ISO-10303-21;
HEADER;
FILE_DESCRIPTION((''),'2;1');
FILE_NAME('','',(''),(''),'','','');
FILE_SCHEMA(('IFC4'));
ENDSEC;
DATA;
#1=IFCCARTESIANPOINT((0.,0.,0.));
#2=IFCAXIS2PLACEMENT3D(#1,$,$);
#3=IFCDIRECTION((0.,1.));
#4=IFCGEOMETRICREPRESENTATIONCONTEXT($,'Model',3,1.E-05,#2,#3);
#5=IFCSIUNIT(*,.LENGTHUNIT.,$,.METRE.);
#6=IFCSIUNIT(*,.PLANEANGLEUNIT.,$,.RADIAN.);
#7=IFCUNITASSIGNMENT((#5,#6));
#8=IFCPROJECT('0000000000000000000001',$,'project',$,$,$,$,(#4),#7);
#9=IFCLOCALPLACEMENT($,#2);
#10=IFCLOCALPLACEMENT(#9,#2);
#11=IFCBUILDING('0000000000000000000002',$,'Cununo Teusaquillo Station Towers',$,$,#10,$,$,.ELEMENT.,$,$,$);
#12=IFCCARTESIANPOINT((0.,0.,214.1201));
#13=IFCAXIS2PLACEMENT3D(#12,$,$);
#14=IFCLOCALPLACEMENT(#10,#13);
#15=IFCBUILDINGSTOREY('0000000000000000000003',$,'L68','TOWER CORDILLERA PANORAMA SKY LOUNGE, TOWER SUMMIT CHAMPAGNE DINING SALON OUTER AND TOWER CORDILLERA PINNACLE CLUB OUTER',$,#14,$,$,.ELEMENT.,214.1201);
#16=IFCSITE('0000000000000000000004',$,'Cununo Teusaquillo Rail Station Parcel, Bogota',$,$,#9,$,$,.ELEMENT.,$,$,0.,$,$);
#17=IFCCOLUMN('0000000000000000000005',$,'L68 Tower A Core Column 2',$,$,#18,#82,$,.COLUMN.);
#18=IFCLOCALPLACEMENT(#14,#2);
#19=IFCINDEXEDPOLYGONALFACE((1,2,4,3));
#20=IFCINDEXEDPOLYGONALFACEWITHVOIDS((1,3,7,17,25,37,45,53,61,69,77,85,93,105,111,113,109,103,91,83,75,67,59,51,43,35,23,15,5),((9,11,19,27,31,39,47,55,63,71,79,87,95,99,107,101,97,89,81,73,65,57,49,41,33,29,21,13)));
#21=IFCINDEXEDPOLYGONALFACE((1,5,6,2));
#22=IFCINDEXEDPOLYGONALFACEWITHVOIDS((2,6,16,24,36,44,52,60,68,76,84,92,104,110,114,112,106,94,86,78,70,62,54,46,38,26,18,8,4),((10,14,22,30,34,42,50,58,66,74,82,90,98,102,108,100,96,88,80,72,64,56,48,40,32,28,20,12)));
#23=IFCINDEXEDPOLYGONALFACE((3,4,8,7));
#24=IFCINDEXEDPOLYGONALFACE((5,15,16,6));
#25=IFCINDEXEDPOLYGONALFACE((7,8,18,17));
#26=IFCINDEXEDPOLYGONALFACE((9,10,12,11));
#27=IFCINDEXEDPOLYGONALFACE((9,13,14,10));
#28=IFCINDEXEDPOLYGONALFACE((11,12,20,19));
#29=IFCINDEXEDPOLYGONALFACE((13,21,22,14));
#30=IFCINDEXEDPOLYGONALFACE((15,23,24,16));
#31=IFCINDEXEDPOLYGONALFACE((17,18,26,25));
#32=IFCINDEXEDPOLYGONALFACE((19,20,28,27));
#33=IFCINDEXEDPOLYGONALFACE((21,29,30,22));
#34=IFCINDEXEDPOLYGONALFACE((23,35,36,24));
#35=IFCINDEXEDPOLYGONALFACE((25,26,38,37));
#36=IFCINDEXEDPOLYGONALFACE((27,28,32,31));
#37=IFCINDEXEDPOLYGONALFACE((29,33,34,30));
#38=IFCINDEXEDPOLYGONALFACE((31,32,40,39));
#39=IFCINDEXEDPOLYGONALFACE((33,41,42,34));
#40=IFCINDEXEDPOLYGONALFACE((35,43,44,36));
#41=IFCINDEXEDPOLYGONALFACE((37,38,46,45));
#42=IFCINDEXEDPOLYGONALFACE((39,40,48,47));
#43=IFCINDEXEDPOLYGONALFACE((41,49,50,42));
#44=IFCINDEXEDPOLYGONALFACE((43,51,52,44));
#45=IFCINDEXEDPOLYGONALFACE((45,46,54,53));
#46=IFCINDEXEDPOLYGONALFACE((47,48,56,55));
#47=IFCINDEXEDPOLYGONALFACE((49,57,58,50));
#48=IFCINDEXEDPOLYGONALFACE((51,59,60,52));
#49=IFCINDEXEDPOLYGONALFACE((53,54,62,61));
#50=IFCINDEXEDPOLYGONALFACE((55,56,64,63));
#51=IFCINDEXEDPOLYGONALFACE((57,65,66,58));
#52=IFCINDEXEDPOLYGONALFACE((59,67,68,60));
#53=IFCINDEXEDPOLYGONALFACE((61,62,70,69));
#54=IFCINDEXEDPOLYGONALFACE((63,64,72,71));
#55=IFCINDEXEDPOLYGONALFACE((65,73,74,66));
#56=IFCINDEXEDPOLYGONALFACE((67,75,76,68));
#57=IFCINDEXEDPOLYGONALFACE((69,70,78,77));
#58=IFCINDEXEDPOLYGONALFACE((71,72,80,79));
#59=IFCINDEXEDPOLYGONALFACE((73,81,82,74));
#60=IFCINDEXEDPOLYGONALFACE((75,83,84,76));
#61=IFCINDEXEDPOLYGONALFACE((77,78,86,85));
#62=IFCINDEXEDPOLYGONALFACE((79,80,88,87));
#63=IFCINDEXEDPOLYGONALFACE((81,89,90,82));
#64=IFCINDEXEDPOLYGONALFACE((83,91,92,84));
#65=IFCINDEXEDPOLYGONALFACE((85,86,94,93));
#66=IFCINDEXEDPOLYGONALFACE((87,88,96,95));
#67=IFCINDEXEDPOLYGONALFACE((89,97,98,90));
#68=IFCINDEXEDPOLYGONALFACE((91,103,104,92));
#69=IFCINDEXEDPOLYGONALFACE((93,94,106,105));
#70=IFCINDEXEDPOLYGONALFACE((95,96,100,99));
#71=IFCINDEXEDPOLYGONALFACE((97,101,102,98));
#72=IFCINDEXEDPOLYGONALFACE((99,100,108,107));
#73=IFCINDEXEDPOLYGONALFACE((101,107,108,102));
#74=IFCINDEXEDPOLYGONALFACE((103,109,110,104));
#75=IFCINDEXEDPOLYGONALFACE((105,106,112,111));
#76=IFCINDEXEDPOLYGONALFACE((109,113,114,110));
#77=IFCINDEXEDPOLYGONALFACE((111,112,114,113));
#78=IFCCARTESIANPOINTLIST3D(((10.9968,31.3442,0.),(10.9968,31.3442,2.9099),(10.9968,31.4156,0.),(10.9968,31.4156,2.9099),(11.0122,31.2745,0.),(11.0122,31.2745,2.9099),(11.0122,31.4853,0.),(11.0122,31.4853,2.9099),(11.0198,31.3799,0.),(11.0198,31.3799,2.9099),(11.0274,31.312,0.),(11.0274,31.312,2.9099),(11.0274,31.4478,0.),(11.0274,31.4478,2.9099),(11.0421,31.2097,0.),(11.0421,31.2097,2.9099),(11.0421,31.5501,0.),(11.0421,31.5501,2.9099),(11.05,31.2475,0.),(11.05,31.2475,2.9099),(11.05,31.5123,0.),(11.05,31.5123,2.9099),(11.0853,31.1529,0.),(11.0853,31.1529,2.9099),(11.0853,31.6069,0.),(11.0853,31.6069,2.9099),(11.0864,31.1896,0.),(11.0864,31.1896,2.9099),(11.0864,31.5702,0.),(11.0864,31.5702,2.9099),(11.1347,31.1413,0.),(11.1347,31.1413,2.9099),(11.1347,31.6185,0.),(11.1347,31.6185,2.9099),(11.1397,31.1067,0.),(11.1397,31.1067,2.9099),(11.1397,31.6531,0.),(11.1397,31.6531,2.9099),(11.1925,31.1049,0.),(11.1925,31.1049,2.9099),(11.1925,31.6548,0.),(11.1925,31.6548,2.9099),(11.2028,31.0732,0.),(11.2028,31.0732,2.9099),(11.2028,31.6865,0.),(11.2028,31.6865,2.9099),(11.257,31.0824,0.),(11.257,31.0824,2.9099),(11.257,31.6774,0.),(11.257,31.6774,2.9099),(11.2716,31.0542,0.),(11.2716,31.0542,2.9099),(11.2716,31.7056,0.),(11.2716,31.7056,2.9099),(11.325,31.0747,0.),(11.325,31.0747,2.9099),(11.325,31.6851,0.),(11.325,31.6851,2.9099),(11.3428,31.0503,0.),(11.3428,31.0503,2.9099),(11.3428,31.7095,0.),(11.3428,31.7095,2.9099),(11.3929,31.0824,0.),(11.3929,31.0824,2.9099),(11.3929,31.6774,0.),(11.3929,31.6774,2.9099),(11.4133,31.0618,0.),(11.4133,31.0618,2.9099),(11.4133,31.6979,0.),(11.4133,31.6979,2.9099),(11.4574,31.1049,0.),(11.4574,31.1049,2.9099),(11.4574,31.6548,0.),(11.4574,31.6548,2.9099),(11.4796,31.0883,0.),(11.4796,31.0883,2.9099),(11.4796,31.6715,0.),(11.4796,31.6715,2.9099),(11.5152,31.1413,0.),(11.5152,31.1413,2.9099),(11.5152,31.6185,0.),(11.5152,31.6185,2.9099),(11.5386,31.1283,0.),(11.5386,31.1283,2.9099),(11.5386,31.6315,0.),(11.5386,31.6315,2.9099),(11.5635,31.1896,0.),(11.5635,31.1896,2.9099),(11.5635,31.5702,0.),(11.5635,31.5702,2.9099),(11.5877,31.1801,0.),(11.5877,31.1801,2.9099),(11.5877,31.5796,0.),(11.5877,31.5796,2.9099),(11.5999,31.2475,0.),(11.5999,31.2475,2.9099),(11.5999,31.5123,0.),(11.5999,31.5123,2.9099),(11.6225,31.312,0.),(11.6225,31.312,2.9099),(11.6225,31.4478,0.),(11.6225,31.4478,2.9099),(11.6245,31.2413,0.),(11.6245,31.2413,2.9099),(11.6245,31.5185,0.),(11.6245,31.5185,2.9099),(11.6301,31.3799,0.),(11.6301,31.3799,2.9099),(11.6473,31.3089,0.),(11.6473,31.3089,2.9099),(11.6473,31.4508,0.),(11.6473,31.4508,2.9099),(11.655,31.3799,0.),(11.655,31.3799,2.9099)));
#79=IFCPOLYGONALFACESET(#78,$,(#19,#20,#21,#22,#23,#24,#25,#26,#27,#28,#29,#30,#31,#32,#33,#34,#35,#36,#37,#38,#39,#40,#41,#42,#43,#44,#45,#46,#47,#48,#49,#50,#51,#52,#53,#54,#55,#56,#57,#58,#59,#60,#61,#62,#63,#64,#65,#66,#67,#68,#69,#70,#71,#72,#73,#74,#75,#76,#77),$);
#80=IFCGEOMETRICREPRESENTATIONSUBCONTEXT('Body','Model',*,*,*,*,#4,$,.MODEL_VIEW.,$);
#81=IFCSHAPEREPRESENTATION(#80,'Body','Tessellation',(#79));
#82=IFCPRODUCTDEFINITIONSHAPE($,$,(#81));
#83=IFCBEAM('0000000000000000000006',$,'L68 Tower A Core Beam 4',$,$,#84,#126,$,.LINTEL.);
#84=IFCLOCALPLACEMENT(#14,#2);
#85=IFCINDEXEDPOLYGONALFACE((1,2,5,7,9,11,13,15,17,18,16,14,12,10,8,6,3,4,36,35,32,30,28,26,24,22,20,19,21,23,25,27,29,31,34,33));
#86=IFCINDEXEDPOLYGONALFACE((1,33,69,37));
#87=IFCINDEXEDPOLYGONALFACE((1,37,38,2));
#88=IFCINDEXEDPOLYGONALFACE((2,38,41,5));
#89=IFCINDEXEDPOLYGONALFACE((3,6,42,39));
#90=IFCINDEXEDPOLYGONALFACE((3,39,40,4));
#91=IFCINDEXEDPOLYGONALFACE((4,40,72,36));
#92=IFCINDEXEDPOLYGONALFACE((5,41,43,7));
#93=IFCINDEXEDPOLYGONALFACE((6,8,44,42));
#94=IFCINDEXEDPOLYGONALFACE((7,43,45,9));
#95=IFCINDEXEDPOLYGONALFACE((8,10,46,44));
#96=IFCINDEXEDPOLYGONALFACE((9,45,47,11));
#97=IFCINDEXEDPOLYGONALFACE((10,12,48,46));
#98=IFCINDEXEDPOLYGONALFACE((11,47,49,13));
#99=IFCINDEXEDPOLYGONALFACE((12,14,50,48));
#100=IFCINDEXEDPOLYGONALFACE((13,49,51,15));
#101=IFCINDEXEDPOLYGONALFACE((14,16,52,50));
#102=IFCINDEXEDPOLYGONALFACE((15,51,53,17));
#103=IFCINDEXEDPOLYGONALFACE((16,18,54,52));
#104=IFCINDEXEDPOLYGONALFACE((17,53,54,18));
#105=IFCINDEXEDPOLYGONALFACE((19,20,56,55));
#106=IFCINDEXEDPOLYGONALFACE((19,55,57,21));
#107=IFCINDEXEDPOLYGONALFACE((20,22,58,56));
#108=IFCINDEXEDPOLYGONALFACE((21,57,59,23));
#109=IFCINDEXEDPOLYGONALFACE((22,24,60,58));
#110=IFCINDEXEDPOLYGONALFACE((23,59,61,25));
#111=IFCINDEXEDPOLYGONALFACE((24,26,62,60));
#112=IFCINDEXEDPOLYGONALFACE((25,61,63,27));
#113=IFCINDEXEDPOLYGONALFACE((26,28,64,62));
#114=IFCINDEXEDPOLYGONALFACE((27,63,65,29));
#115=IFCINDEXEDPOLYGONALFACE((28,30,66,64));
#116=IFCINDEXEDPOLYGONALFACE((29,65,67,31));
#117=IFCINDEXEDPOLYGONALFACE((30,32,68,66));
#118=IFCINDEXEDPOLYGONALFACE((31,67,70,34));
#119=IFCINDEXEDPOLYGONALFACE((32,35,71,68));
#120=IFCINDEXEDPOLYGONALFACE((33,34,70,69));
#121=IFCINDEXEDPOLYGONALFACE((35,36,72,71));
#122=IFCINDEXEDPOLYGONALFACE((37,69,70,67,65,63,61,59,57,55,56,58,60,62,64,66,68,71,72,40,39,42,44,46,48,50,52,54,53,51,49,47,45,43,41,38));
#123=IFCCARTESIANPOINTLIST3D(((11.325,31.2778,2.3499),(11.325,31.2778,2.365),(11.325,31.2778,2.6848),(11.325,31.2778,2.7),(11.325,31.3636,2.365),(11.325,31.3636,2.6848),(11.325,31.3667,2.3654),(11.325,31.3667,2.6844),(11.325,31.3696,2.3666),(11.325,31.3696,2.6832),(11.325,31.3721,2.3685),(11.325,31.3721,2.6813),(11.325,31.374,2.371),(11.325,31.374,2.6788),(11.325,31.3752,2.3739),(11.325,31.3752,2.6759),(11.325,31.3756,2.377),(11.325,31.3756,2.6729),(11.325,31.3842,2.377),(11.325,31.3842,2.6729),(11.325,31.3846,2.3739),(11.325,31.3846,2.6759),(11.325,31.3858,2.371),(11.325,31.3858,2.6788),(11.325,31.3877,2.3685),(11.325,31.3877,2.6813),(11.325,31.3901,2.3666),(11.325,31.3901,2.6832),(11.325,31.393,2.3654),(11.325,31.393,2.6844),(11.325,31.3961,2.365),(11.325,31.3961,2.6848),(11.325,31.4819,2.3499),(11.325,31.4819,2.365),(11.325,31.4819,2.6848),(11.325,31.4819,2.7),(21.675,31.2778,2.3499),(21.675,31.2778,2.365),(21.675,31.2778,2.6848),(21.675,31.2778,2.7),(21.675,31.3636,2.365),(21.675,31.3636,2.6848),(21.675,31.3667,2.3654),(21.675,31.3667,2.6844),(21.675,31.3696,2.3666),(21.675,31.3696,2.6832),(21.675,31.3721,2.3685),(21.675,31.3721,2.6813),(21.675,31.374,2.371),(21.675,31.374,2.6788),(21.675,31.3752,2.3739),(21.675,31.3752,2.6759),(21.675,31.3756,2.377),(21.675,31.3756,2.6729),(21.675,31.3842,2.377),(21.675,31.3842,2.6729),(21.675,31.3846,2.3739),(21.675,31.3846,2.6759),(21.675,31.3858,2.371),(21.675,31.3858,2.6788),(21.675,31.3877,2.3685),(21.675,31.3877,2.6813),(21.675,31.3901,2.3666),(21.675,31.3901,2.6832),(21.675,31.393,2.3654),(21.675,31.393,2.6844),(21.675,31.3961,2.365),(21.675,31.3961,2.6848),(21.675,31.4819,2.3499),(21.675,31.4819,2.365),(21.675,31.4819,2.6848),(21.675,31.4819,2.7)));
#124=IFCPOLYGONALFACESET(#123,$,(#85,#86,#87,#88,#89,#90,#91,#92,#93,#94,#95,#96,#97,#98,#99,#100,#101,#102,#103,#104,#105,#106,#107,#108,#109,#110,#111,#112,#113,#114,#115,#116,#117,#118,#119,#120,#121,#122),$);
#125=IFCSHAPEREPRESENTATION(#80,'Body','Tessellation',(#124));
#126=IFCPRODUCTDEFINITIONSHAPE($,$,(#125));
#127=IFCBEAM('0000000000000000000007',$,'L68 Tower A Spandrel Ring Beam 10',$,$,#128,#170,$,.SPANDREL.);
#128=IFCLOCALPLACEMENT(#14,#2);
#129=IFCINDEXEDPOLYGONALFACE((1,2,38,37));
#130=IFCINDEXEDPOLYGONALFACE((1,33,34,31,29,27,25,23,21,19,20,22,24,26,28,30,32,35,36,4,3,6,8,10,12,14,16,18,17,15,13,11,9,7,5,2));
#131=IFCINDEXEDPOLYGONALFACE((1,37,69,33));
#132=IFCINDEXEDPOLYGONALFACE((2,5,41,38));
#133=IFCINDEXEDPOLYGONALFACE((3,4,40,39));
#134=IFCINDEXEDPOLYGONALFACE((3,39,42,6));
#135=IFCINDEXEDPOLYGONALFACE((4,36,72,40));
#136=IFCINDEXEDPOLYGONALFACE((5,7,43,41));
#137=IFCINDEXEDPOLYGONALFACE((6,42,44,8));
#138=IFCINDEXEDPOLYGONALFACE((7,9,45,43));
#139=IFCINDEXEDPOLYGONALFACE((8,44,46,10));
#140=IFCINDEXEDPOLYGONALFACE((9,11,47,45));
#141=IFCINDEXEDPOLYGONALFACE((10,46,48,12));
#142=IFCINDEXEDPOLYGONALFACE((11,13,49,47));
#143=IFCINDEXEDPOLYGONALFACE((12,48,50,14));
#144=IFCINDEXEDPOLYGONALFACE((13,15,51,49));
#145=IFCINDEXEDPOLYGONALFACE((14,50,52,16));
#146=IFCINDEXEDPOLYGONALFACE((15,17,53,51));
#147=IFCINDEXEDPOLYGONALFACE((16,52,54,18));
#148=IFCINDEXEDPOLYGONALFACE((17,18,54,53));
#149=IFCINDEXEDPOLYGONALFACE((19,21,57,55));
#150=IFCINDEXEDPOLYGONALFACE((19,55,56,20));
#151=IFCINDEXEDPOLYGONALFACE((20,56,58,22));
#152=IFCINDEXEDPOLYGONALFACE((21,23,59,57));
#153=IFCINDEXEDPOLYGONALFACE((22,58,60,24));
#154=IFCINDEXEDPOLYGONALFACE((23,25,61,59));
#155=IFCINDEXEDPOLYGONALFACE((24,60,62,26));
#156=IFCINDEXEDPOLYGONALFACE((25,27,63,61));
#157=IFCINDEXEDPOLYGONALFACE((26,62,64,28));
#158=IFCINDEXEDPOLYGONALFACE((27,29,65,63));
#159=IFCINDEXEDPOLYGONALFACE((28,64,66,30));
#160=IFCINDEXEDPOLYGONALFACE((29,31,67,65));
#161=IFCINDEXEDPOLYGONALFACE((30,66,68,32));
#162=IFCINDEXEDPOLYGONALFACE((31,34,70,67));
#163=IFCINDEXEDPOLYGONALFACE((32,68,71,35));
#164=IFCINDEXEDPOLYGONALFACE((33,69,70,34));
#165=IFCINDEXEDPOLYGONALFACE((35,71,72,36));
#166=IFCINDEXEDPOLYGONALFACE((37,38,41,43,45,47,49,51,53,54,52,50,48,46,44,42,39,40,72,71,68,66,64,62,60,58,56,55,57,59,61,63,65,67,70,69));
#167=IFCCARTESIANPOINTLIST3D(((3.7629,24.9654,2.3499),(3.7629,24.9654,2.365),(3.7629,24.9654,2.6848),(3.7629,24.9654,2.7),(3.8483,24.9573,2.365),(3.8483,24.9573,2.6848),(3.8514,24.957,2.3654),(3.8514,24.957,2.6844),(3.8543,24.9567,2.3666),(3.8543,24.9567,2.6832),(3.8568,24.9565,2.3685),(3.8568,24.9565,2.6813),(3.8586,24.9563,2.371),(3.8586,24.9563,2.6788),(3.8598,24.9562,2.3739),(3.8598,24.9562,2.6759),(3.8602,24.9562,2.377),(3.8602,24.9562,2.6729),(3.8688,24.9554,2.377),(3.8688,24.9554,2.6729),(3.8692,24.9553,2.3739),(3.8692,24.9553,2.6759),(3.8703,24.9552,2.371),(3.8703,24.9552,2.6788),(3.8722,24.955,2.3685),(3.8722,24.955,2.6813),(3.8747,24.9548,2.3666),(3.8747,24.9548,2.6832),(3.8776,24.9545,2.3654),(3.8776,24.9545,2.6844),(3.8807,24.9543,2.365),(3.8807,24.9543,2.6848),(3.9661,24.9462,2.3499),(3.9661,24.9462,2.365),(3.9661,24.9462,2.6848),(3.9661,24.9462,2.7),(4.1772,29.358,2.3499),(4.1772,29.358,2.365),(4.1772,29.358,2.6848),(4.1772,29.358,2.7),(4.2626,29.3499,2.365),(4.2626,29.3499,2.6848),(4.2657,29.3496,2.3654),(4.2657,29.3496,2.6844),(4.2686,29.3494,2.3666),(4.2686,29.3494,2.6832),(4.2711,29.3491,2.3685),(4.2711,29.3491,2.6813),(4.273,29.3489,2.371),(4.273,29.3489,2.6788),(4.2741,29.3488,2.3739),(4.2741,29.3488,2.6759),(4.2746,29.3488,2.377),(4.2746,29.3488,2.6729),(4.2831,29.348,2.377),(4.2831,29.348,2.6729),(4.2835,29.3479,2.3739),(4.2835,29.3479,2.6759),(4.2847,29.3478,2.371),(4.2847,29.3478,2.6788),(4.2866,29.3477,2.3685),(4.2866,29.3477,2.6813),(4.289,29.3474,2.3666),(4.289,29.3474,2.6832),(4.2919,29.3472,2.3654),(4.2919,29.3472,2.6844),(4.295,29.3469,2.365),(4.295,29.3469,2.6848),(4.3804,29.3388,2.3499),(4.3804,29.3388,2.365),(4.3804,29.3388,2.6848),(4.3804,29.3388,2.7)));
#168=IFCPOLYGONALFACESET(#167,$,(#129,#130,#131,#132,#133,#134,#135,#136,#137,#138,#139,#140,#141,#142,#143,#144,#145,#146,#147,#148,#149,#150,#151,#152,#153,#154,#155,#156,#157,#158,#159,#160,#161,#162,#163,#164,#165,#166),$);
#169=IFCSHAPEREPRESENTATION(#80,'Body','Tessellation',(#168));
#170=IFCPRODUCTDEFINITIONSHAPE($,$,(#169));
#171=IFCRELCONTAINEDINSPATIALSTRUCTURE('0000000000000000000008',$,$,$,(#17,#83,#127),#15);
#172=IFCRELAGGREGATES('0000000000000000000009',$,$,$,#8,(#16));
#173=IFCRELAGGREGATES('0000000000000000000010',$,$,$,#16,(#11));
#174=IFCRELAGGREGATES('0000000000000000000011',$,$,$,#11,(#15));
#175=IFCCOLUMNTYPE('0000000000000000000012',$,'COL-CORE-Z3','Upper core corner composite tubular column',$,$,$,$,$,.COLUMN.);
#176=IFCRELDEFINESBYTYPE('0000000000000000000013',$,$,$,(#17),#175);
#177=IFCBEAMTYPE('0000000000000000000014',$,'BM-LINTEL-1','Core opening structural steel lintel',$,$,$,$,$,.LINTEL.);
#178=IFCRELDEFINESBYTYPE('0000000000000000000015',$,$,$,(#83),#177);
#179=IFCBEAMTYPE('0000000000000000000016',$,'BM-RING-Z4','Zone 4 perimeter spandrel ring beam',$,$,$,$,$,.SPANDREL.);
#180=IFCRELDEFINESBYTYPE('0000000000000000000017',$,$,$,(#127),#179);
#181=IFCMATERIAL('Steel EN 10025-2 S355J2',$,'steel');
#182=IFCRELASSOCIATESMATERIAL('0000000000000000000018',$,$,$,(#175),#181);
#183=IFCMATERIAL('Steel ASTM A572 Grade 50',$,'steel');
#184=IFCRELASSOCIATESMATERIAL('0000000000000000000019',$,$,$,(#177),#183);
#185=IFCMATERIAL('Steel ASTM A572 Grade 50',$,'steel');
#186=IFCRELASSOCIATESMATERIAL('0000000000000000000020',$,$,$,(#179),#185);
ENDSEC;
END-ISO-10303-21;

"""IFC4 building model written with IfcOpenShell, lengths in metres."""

from ifc_helpers import new_model, si_unit, direction, frame, origin, origin_2d, place, context, subcontext, project, spatial, hollow_circle, i_section, extrude, material, material_profile, profile_set, type_object, element, save


model = new_model("IFC4")

# Units and contexts
model_context = context("Model", 3, precision=1e-05, world=origin(), true_north=direction((0.0, 1.0)))
body_context = subcontext(model_context, "Body", "Model", "MODEL_VIEW")
ifc_project = project(units=[si_unit("LENGTHUNIT", "METRE"), si_unit("PLANEANGLEUNIT", "RADIAN")], contexts=[model_context])

# Site, building, storey
site_placement = place(None, origin())
site = spatial("IfcSite", under=ifc_project, at=site_placement, Name="Cununo Teusaquillo Rail Station Parcel, Bogota", CompositionType="ELEMENT", RefElevation=0.0)
building_placement = place(site_placement, origin())
building = spatial("IfcBuilding", under=site, at=building_placement, Name="Cununo Teusaquillo Station Towers", CompositionType="ELEMENT")
storey_placement = place(building_placement, frame((0.0, 0.0, 214.1201)))
storey = spatial("IfcBuildingStorey", under=building, at=storey_placement, Name="L68", Description="TOWER CORDILLERA PANORAMA SKY LOUNGE, TOWER SUMMIT CHAMPAGNE DINING SALON OUTER AND TOWER CORDILLERA PINNACLE CLUB OUTER", CompositionType="ELEMENT", Elevation=214.1201)

# Column
ifc_material_1 = material(Name="Steel EN 10025-2 S355J2", Category="steel")
ifc_material_profile_1 = material_profile(ifc_material_1, hollow_circle(Radius=0.3301, WallThickness=0.0249, at=origin_2d()), Name="CHS 660x25")
ifc_profile_set_1 = profile_set([ifc_material_profile_1], Name="Steel EN 10025-2 S355J2")
column_type = type_object("IfcColumnType", Name="COL-CORE-Z3", Description="Upper core corner composite tubular column", PredefinedType="COLUMN", material=ifc_profile_set_1)
column_placement = place(storey_placement, frame((11.325, 31.3799, 0.0), z_axis=(0.0, 0.0, 1.0), x_axis=(1.0, 0.0, 0.0)))
element("IfcColumn", 1, at=column_placement, inside=storey, type_object=column_type, Name="L68 Tower A Core Column 2", PredefinedType="COLUMN", context=body_context, shape_type="SweptSolid", body=[
    extrude(hollow_circle(Radius=0.3301, WallThickness=0.0249, at=origin_2d()), origin(), (0.0, 0.0, 1.0), 2.9099),
])

# Beams
ifc_material_2 = material(Name="Steel ASTM A572 Grade 50", Category="steel")
ifc_material_profile_2 = material_profile(ifc_material_2, i_section(OverallWidth=0.2041, OverallDepth=0.3501, WebThickness=0.0085, FlangeThickness=0.0151, FilletRadius=0.012, at=origin_2d()), Name="W14X48")
ifc_profile_set_2 = profile_set([ifc_material_profile_2], Name="Steel ASTM A572 Grade 50")
beam_type_1 = type_object("IfcBeamType", Name="BM-LINTEL-1", Description="Core opening structural steel lintel", PredefinedType="LINTEL", material=ifc_profile_set_2)
beam_1_placement = place(storey_placement, frame((11.325, 31.3799, 2.5249), z_axis=(1.0, 0.0, 0.0), x_axis=(0.0, 1.0, 0.0)))
element("IfcBeam", 2, at=beam_1_placement, inside=storey, type_object=beam_type_1, Name="L68 Tower A Core Beam 4", PredefinedType="LINTEL", context=body_context, shape_type="SweptSolid", body=[
    extrude(i_section(OverallWidth=0.2041, OverallDepth=0.3501, WebThickness=0.0085, FlangeThickness=0.0151, FilletRadius=0.012, at=origin_2d()), origin(), (0.0, 0.0, 1.0), 10.3501),
])
ifc_material_3 = material(Name="Steel ASTM A572 Grade 50", Category="steel")
ifc_material_profile_3 = material_profile(ifc_material_3, i_section(OverallWidth=0.2041, OverallDepth=0.3501, WebThickness=0.0085, FlangeThickness=0.0151, FilletRadius=0.012, at=origin_2d()), Name="W14X48")
ifc_profile_set_3 = profile_set([ifc_material_profile_3], Name="Steel ASTM A572 Grade 50")
beam_type_2 = type_object("IfcBeamType", Name="BM-RING-Z4", Description="Zone 4 perimeter spandrel ring beam", PredefinedType="SPANDREL", material=ifc_profile_set_3)
beam_2_placement = place(storey_placement, frame((4.2788, 29.3484, 2.5249), z_axis=(-0.093903, -0.995581, 0.0), x_axis=(0.995581, -0.093903, 0.0)))
element("IfcBeam", 3, at=beam_2_placement, inside=storey, type_object=beam_type_2, Name="L68 Tower A Spandrel Ring Beam 10", PredefinedType="SPANDREL", context=body_context, shape_type="SweptSolid", body=[
    extrude(i_section(OverallWidth=0.2041, OverallDepth=0.3501, WebThickness=0.0085, FlangeThickness=0.0151, FilletRadius=0.012, at=origin_2d()), origin(), (0.0, 0.0, 1.0), 4.4121),
])

save(model, "model.ifc")
